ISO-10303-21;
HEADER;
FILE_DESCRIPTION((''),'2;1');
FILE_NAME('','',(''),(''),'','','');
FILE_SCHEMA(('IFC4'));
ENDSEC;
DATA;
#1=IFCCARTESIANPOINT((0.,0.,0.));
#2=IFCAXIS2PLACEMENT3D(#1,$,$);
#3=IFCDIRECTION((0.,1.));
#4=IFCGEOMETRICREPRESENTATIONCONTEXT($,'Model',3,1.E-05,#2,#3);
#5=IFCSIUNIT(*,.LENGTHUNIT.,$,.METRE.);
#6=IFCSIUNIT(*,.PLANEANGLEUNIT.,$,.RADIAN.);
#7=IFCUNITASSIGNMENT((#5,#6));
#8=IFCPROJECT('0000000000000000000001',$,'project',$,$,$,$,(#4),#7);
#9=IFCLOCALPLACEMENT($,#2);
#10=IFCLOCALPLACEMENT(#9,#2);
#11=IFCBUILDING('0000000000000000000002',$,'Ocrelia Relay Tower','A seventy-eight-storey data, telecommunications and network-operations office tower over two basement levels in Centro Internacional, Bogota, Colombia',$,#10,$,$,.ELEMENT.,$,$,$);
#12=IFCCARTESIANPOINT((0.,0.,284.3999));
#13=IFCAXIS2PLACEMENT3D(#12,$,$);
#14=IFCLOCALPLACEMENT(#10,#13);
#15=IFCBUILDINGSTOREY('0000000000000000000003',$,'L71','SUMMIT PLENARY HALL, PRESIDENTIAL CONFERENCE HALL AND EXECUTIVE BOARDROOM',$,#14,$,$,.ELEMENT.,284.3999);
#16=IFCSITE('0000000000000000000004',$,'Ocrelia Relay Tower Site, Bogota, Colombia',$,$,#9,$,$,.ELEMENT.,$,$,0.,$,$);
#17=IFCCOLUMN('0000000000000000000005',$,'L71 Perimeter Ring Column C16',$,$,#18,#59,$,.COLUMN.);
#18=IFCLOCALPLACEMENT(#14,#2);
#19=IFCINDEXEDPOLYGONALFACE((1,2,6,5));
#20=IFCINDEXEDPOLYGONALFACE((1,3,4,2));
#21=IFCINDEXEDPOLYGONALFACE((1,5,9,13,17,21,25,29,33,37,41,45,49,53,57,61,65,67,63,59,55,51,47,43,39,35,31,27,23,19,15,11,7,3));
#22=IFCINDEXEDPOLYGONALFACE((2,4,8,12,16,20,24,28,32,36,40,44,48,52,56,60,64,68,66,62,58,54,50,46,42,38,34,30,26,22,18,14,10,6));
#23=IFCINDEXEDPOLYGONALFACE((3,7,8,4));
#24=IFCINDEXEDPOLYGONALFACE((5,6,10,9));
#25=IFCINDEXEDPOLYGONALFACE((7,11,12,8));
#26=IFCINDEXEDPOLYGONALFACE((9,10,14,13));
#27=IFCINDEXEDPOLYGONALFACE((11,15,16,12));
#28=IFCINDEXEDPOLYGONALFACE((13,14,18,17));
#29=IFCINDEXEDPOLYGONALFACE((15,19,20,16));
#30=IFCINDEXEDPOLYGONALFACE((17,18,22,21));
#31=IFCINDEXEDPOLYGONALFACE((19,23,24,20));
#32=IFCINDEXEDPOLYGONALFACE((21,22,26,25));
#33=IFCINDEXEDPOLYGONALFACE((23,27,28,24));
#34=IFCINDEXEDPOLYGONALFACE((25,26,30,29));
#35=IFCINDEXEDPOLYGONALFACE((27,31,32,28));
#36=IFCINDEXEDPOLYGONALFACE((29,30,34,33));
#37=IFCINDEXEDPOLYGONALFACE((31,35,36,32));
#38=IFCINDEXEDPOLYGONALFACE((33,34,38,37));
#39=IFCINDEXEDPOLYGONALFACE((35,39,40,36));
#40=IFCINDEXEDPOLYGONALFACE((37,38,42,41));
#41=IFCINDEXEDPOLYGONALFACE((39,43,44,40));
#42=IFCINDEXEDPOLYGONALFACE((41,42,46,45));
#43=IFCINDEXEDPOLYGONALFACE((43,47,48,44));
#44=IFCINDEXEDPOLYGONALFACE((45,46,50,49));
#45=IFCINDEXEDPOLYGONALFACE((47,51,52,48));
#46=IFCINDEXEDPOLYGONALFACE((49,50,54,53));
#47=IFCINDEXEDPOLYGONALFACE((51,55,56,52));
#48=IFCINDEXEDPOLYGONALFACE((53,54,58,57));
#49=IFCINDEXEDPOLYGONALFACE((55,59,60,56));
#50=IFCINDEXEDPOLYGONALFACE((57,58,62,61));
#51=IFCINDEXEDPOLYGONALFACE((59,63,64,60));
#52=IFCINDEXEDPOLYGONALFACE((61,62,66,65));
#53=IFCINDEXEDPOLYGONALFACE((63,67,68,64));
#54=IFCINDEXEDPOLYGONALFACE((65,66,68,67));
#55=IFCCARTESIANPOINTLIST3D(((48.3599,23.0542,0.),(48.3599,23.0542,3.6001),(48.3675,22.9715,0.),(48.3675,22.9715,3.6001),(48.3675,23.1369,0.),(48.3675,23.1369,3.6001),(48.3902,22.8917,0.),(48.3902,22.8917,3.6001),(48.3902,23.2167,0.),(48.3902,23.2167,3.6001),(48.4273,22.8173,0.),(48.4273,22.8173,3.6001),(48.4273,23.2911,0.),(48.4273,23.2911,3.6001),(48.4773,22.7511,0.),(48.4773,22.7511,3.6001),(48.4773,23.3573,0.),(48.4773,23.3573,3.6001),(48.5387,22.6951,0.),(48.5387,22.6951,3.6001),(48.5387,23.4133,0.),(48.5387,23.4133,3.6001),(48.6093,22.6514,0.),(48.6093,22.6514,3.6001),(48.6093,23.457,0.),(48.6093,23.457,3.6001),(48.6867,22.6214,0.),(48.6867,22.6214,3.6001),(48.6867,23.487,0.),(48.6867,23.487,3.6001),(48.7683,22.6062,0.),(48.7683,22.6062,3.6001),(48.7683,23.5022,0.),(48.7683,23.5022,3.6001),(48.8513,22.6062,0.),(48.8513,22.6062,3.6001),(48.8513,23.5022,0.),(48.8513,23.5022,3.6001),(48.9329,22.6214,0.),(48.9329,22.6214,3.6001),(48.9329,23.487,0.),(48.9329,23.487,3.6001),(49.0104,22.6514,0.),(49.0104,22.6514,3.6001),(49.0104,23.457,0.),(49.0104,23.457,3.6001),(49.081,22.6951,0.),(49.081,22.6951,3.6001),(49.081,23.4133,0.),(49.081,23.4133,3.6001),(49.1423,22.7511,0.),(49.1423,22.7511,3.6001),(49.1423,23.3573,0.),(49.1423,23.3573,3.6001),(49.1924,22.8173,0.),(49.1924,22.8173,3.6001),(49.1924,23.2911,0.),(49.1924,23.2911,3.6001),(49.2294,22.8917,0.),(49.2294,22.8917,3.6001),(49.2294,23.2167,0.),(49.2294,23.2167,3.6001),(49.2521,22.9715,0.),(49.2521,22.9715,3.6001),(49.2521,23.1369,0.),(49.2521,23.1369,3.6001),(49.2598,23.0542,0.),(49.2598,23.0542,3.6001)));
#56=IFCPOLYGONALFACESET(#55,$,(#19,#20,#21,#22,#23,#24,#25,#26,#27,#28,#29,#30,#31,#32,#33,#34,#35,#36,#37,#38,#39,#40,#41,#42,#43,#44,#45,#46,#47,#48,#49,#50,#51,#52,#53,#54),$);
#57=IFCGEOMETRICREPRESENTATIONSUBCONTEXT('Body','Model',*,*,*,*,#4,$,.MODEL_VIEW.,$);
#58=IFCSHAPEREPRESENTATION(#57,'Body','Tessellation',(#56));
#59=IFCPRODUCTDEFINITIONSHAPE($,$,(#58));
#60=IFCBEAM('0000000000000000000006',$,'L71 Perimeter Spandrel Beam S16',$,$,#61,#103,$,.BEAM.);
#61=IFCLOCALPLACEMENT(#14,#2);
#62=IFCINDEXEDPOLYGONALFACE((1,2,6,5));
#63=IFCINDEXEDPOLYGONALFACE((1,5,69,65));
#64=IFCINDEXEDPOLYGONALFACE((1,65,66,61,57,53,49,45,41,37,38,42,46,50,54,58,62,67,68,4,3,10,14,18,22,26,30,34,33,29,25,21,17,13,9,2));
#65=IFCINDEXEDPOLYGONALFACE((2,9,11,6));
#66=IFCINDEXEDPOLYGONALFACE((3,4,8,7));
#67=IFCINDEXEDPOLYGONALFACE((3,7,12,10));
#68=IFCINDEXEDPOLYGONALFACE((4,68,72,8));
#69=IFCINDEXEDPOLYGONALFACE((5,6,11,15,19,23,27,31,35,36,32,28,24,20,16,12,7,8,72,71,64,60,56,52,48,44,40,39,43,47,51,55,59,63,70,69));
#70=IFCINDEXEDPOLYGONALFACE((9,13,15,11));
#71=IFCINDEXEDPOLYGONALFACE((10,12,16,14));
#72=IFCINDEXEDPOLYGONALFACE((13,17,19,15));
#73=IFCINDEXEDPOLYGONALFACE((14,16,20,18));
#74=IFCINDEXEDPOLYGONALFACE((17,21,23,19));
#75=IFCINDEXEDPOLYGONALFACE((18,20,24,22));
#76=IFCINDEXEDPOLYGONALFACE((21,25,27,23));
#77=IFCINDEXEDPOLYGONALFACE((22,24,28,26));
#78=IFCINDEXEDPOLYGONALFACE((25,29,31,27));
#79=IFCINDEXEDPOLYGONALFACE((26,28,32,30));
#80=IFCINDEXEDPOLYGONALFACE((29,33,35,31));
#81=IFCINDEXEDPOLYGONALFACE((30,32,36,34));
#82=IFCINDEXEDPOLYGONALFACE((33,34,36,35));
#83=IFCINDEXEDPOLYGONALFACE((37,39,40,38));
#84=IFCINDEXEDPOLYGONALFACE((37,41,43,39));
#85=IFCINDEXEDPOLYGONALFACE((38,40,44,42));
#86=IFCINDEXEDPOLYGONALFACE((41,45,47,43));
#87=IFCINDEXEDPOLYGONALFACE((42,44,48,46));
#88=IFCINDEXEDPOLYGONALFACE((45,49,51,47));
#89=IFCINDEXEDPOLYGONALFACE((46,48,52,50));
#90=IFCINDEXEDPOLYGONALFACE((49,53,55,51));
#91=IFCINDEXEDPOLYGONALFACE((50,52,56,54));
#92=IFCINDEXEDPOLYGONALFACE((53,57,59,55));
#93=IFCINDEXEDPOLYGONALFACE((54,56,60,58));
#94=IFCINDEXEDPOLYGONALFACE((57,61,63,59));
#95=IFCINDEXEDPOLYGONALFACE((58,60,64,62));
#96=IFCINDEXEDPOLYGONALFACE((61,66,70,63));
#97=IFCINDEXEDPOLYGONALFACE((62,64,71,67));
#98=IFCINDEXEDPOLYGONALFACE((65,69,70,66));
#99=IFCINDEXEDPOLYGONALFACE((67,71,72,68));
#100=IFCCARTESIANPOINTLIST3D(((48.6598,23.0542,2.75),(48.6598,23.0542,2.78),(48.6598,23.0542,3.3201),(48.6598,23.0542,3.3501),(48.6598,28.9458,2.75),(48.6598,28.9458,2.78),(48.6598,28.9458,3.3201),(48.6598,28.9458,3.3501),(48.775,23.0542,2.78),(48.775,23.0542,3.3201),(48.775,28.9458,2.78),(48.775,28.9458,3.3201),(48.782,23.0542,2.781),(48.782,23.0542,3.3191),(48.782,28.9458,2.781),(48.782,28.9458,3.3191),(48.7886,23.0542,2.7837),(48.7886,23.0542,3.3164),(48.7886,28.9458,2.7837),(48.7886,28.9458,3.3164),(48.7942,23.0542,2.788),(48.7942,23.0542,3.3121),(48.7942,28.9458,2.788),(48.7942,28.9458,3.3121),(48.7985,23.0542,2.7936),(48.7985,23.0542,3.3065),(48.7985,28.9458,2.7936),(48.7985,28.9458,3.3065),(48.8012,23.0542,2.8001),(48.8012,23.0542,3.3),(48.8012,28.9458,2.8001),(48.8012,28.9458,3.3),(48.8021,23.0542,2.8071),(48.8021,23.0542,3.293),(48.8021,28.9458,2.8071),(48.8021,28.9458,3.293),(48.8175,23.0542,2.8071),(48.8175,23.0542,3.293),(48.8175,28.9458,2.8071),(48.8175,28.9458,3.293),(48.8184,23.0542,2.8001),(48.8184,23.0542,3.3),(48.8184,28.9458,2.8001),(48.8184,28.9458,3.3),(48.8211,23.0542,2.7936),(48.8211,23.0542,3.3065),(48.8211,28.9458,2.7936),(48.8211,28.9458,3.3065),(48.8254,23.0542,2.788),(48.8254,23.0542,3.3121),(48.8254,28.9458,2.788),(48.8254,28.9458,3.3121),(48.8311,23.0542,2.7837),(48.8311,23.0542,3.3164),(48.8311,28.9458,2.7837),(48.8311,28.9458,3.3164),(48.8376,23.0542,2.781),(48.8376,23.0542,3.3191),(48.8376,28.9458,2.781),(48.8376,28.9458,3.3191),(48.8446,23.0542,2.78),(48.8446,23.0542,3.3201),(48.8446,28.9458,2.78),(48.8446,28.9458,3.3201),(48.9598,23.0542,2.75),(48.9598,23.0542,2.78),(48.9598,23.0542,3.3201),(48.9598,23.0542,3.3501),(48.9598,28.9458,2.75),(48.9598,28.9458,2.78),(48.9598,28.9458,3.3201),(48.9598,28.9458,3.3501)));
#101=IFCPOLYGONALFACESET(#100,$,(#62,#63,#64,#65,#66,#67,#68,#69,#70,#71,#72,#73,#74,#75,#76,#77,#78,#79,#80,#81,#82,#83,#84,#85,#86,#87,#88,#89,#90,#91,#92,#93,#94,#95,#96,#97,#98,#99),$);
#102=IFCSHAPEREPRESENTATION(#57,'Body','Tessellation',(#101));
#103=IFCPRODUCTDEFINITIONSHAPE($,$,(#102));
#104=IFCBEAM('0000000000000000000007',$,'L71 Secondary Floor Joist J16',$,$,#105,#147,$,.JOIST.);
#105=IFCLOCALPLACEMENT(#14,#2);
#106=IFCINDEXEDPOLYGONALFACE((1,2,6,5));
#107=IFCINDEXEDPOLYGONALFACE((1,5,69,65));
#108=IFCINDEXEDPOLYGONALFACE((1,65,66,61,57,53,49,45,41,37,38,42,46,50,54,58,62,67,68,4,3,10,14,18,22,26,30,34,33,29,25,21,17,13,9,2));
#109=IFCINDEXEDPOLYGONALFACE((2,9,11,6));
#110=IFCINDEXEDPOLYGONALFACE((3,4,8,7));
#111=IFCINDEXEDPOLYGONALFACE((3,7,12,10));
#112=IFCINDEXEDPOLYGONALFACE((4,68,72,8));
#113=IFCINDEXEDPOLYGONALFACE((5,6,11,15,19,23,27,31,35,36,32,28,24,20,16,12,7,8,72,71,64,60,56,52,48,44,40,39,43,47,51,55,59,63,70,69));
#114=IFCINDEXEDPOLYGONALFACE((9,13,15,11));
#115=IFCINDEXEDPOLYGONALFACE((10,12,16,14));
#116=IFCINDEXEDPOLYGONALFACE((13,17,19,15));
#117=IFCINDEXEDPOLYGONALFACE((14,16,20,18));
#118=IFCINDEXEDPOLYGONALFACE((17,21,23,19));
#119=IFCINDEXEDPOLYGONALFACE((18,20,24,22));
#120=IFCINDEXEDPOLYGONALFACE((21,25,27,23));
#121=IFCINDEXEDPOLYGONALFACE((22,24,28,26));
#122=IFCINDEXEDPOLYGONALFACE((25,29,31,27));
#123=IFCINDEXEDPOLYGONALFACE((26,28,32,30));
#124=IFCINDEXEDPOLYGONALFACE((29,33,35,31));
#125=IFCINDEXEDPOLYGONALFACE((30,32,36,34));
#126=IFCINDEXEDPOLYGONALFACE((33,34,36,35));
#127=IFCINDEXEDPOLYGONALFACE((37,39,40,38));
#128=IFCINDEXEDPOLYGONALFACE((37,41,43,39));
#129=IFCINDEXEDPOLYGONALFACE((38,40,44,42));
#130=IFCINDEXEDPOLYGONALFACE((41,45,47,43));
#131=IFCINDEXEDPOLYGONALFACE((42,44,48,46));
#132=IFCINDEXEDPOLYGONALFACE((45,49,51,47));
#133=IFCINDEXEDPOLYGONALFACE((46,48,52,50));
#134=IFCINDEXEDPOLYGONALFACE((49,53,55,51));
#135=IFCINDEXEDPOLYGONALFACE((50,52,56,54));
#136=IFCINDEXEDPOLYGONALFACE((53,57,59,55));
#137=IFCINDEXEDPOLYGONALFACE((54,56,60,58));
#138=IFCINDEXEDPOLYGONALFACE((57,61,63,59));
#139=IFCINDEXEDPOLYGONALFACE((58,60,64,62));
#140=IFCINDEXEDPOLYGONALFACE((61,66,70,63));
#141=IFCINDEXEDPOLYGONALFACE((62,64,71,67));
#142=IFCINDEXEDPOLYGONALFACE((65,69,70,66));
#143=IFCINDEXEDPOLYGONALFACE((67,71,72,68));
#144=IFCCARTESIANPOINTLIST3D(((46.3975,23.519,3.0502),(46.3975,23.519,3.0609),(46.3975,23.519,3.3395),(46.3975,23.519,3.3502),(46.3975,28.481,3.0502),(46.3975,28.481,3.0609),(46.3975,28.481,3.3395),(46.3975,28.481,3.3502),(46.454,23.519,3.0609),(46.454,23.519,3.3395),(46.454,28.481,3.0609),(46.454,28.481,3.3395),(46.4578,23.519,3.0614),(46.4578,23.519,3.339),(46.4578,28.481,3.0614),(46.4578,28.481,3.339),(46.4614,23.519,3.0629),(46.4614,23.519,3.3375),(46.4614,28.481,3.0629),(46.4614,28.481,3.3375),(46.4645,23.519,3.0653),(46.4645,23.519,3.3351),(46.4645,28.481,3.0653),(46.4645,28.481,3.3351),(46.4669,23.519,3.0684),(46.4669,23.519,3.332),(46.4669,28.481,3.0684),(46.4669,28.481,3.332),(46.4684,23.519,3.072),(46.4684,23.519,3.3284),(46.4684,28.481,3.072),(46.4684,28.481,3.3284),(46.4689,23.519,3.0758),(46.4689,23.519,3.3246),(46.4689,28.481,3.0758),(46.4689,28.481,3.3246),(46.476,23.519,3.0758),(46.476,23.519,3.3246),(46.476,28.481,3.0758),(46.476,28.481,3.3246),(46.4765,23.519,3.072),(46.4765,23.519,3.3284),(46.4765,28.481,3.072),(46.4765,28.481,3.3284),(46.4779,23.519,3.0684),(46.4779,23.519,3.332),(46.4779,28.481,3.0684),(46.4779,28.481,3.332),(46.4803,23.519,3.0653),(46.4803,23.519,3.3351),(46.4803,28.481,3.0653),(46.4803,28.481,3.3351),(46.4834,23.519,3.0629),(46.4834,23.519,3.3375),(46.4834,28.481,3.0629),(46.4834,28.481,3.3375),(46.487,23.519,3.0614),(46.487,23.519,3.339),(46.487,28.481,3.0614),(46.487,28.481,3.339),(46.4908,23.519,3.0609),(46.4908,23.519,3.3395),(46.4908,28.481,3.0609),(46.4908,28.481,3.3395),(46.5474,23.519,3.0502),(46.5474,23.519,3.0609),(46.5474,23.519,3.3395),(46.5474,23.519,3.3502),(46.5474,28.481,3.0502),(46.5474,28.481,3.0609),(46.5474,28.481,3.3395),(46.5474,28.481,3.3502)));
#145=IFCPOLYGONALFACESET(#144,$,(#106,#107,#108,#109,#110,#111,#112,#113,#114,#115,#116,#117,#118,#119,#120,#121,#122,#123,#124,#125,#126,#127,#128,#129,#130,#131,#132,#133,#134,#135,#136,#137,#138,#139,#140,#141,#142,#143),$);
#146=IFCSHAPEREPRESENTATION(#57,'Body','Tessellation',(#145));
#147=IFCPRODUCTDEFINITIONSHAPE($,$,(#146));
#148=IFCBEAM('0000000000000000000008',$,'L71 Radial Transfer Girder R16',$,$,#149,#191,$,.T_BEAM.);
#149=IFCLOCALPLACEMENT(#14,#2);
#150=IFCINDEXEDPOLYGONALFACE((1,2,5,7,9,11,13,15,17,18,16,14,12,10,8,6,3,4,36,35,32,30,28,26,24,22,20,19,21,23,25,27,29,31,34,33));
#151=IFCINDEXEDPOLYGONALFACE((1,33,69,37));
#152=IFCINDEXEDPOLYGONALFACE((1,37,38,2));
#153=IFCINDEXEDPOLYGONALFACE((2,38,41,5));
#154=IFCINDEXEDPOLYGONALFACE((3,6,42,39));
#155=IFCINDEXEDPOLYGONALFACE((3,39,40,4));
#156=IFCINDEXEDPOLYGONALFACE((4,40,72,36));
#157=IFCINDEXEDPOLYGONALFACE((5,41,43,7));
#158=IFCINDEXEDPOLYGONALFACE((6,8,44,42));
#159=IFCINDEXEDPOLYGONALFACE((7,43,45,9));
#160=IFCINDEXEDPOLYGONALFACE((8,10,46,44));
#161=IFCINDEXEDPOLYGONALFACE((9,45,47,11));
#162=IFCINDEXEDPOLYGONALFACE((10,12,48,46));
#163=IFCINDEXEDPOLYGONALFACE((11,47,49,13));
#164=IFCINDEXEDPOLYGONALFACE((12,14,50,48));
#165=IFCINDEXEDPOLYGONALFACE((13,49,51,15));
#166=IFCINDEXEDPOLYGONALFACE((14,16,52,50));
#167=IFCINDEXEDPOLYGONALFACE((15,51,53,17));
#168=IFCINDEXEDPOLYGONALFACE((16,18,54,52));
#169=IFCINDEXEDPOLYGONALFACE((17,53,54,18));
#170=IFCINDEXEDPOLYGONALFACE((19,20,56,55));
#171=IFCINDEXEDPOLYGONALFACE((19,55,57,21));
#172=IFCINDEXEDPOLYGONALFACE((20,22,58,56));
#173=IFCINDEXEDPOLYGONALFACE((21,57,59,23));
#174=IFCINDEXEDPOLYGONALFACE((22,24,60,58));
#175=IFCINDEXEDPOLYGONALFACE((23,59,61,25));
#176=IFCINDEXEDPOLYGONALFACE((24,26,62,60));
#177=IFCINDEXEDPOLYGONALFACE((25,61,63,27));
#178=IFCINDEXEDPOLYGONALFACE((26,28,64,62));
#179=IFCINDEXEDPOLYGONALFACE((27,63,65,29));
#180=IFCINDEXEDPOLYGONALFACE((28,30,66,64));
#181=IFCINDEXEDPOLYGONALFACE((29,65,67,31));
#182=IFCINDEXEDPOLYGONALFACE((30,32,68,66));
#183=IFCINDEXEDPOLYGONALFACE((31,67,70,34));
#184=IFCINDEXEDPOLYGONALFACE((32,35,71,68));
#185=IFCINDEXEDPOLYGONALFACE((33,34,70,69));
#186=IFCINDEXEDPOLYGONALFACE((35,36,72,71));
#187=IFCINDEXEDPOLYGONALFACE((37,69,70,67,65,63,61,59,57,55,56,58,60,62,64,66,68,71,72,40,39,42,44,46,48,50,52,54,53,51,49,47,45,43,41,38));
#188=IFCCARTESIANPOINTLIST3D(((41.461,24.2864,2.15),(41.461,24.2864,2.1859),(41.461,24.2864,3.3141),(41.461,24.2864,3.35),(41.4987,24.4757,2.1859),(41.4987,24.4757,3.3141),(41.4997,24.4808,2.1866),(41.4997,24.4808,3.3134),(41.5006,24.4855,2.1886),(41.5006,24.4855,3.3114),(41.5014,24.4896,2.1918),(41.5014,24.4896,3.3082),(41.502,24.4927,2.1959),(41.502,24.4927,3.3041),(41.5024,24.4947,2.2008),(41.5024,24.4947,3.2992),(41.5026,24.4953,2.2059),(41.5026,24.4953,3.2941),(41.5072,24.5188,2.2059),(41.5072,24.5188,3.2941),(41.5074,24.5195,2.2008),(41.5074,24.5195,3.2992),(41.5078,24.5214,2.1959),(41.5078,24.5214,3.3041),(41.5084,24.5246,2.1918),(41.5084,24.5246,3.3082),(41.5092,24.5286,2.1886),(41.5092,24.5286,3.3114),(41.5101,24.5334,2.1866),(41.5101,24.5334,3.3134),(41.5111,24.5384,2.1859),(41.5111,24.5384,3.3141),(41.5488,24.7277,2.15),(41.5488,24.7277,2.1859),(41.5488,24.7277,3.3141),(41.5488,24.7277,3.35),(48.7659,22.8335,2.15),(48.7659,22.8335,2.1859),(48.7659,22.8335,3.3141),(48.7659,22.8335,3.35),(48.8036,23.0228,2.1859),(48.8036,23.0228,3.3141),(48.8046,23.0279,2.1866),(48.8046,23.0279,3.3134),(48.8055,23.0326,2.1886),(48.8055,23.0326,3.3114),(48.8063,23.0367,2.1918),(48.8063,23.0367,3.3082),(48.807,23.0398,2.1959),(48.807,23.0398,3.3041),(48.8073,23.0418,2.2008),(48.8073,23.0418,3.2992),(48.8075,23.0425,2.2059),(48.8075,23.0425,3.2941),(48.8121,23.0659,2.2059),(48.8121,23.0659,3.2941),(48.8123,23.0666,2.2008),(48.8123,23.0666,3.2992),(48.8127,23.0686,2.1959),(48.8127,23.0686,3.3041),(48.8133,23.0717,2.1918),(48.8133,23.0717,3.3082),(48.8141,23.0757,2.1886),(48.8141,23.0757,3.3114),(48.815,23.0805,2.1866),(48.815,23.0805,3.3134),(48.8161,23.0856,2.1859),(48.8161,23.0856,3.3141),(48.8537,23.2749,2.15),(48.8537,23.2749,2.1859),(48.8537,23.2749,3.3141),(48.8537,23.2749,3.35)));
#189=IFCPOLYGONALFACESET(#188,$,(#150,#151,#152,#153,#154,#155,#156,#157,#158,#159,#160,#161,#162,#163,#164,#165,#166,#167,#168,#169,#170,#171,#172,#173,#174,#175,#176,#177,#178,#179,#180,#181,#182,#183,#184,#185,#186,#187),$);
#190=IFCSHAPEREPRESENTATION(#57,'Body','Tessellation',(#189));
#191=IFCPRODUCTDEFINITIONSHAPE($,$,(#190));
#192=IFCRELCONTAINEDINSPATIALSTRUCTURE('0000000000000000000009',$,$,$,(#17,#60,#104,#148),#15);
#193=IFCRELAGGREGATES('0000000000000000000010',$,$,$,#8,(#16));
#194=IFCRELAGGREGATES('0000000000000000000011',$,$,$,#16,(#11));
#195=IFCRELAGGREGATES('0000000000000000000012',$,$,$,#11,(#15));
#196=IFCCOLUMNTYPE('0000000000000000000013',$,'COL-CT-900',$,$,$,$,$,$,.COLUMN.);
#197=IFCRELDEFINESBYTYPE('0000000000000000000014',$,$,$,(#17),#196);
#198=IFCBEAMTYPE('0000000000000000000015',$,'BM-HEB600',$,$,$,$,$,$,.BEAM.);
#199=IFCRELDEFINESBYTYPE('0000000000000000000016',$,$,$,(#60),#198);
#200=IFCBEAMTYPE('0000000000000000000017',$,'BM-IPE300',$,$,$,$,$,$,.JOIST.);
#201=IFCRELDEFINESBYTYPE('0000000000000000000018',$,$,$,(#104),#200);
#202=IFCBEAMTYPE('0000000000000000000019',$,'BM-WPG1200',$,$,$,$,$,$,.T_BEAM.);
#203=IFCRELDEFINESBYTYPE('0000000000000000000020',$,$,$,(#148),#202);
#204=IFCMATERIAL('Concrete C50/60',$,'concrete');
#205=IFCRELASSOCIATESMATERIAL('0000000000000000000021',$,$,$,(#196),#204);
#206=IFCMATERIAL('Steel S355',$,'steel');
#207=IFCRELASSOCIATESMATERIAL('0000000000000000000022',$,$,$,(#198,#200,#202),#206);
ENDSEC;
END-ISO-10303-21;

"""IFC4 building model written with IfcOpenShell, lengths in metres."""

from ifc_helpers import new_model, si_unit, direction, frame, origin, origin_2d, place, context, subcontext, project, spatial, circle, i_section, extrude, material, material_profile, profile_set, type_object, element, save


model = new_model("IFC4")

# Units and contexts
model_context = context("Model", 3, precision=1e-05, world=origin(), true_north=direction((0.0, 1.0)))
body_context = subcontext(model_context, "Body", "Model", "MODEL_VIEW")
ifc_project = project(units=[si_unit("LENGTHUNIT", "METRE"), si_unit("PLANEANGLEUNIT", "RADIAN")], contexts=[model_context])

# Site, building, storey
site_placement = place(None, origin())
site = spatial("IfcSite", under=ifc_project, at=site_placement, Name="Ocrelia Relay Tower Site, Bogota, Colombia", CompositionType="ELEMENT", RefElevation=0.0)
building_placement = place(site_placement, origin())
building = spatial("IfcBuilding", under=site, at=building_placement, Name="Ocrelia Relay Tower", Description="A seventy-eight-storey data, telecommunications and network-operations office tower over two basement levels in Centro Internacional, Bogota, Colombia", CompositionType="ELEMENT")
storey_placement = place(building_placement, frame((0.0, 0.0, 284.3999)))
storey = spatial("IfcBuildingStorey", under=building, at=storey_placement, Name="L71", Description="SUMMIT PLENARY HALL, PRESIDENTIAL CONFERENCE HALL AND EXECUTIVE BOARDROOM", CompositionType="ELEMENT", Elevation=284.3999)

# Column
ifc_material_1 = material(Name="Concrete C50/60", Category="concrete")
ifc_material_profile_1 = material_profile(ifc_material_1, circle(Radius=0.45, at=origin_2d()), Name="RC-CIR-900")
ifc_profile_set_1 = profile_set([ifc_material_profile_1], Name="Concrete C50/60")
column_type = type_object("IfcColumnType", Name="COL-CT-900", PredefinedType="COLUMN", material=ifc_profile_set_1)
column_placement = place(storey_placement, frame((48.8098, 23.0542, 0.0), z_axis=(0.0, 0.0, 1.0), x_axis=(1.0, 0.0, 0.0)))
element("IfcColumn", 1, at=column_placement, inside=storey, type_object=column_type, Name="L71 Perimeter Ring Column C16", PredefinedType="COLUMN", context=body_context, shape_type="SweptSolid", body=[
    extrude(circle(Radius=0.45, at=origin_2d()), origin(), (0.0, 0.0, 1.0), 3.6001),
])

# Beams
ifc_material_2 = material(Name="Steel S355", Category="steel")
ifc_material_profile_2 = material_profile(ifc_material_2, i_section(OverallWidth=0.3, OverallDepth=0.6001, WebThickness=0.0154, FlangeThickness=0.03, FilletRadius=0.0271, at=origin_2d()), Name="HEB 600")
ifc_profile_set_2 = profile_set([ifc_material_profile_2], Name="Steel S355")
beam_type_1 = type_object("IfcBeamType", Name="BM-HEB600", PredefinedType="BEAM", material=ifc_profile_set_2)
beam_1_placement = place(storey_placement, frame((48.8098, 23.0542, 3.05), z_axis=(0.0, 1.0, 0.0), x_axis=(-1.0, 0.0, 0.0)))
element("IfcBeam", 2, at=beam_1_placement, inside=storey, type_object=beam_type_1, Name="L71 Perimeter Spandrel Beam S16", PredefinedType="BEAM", context=body_context, shape_type="SweptSolid", body=[
    extrude(i_section(OverallWidth=0.3, OverallDepth=0.6001, WebThickness=0.0154, FlangeThickness=0.03, FilletRadius=0.0271, at=origin_2d()), origin(), (0.0, 0.0, 1.0), 5.8916),
])
ifc_material_profile_3 = material_profile(ifc_material_2, i_section(OverallWidth=0.1499, OverallDepth=0.3, WebThickness=0.0071, FlangeThickness=0.0107, FilletRadius=0.0149, at=origin_2d()), Name="IPE 300")
ifc_profile_set_3 = profile_set([ifc_material_profile_3], Name="Steel S355")
beam_type_2 = type_object("IfcBeamType", Name="BM-IPE300", PredefinedType="JOIST", material=ifc_profile_set_3)
beam_2_placement = place(storey_placement, frame((46.4724, 23.519, 3.2002), z_axis=(0.0, 1.0, 0.0), x_axis=(-1.0, 0.0, 0.0)))
element("IfcBeam", 3, at=beam_2_placement, inside=storey, type_object=beam_type_2, Name="L71 Secondary Floor Joist J16", PredefinedType="JOIST", context=body_context, shape_type="SweptSolid", body=[
    extrude(i_section(OverallWidth=0.1499, OverallDepth=0.3, WebThickness=0.0071, FlangeThickness=0.0107, FilletRadius=0.0149, at=origin_2d()), origin(), (0.0, 0.0, 1.0), 4.9619),
])
ifc_material_profile_4 = material_profile(ifc_material_2, i_section(OverallWidth=0.45, OverallDepth=1.2, WebThickness=0.0239, FlangeThickness=0.0359, FilletRadius=0.02, at=origin_2d()), Name="WPG 1200x450")
ifc_profile_set_4 = profile_set([ifc_material_profile_4], Name="Steel S355")
beam_type_3 = type_object("IfcBeamType", Name="BM-WPG1200", PredefinedType="T_BEAM", material=ifc_profile_set_4)
beam_3_placement = place(storey_placement, frame((48.8098, 23.0542, 2.75), z_axis=(-0.980789, 0.19507, 0.0), x_axis=(-0.19507, -0.980789, 0.0)))
element("IfcBeam", 4, at=beam_3_placement, inside=storey, type_object=beam_type_3, Name="L71 Radial Transfer Girder R16", PredefinedType="T_BEAM", context=body_context, shape_type="SweptSolid", body=[
    extrude(i_section(OverallWidth=0.45, OverallDepth=1.2, WebThickness=0.0239, FlangeThickness=0.0359, FilletRadius=0.02, at=origin_2d()), origin(), (0.0, 0.0, 1.0), 7.448),
])

save(model, "model.ifc")
